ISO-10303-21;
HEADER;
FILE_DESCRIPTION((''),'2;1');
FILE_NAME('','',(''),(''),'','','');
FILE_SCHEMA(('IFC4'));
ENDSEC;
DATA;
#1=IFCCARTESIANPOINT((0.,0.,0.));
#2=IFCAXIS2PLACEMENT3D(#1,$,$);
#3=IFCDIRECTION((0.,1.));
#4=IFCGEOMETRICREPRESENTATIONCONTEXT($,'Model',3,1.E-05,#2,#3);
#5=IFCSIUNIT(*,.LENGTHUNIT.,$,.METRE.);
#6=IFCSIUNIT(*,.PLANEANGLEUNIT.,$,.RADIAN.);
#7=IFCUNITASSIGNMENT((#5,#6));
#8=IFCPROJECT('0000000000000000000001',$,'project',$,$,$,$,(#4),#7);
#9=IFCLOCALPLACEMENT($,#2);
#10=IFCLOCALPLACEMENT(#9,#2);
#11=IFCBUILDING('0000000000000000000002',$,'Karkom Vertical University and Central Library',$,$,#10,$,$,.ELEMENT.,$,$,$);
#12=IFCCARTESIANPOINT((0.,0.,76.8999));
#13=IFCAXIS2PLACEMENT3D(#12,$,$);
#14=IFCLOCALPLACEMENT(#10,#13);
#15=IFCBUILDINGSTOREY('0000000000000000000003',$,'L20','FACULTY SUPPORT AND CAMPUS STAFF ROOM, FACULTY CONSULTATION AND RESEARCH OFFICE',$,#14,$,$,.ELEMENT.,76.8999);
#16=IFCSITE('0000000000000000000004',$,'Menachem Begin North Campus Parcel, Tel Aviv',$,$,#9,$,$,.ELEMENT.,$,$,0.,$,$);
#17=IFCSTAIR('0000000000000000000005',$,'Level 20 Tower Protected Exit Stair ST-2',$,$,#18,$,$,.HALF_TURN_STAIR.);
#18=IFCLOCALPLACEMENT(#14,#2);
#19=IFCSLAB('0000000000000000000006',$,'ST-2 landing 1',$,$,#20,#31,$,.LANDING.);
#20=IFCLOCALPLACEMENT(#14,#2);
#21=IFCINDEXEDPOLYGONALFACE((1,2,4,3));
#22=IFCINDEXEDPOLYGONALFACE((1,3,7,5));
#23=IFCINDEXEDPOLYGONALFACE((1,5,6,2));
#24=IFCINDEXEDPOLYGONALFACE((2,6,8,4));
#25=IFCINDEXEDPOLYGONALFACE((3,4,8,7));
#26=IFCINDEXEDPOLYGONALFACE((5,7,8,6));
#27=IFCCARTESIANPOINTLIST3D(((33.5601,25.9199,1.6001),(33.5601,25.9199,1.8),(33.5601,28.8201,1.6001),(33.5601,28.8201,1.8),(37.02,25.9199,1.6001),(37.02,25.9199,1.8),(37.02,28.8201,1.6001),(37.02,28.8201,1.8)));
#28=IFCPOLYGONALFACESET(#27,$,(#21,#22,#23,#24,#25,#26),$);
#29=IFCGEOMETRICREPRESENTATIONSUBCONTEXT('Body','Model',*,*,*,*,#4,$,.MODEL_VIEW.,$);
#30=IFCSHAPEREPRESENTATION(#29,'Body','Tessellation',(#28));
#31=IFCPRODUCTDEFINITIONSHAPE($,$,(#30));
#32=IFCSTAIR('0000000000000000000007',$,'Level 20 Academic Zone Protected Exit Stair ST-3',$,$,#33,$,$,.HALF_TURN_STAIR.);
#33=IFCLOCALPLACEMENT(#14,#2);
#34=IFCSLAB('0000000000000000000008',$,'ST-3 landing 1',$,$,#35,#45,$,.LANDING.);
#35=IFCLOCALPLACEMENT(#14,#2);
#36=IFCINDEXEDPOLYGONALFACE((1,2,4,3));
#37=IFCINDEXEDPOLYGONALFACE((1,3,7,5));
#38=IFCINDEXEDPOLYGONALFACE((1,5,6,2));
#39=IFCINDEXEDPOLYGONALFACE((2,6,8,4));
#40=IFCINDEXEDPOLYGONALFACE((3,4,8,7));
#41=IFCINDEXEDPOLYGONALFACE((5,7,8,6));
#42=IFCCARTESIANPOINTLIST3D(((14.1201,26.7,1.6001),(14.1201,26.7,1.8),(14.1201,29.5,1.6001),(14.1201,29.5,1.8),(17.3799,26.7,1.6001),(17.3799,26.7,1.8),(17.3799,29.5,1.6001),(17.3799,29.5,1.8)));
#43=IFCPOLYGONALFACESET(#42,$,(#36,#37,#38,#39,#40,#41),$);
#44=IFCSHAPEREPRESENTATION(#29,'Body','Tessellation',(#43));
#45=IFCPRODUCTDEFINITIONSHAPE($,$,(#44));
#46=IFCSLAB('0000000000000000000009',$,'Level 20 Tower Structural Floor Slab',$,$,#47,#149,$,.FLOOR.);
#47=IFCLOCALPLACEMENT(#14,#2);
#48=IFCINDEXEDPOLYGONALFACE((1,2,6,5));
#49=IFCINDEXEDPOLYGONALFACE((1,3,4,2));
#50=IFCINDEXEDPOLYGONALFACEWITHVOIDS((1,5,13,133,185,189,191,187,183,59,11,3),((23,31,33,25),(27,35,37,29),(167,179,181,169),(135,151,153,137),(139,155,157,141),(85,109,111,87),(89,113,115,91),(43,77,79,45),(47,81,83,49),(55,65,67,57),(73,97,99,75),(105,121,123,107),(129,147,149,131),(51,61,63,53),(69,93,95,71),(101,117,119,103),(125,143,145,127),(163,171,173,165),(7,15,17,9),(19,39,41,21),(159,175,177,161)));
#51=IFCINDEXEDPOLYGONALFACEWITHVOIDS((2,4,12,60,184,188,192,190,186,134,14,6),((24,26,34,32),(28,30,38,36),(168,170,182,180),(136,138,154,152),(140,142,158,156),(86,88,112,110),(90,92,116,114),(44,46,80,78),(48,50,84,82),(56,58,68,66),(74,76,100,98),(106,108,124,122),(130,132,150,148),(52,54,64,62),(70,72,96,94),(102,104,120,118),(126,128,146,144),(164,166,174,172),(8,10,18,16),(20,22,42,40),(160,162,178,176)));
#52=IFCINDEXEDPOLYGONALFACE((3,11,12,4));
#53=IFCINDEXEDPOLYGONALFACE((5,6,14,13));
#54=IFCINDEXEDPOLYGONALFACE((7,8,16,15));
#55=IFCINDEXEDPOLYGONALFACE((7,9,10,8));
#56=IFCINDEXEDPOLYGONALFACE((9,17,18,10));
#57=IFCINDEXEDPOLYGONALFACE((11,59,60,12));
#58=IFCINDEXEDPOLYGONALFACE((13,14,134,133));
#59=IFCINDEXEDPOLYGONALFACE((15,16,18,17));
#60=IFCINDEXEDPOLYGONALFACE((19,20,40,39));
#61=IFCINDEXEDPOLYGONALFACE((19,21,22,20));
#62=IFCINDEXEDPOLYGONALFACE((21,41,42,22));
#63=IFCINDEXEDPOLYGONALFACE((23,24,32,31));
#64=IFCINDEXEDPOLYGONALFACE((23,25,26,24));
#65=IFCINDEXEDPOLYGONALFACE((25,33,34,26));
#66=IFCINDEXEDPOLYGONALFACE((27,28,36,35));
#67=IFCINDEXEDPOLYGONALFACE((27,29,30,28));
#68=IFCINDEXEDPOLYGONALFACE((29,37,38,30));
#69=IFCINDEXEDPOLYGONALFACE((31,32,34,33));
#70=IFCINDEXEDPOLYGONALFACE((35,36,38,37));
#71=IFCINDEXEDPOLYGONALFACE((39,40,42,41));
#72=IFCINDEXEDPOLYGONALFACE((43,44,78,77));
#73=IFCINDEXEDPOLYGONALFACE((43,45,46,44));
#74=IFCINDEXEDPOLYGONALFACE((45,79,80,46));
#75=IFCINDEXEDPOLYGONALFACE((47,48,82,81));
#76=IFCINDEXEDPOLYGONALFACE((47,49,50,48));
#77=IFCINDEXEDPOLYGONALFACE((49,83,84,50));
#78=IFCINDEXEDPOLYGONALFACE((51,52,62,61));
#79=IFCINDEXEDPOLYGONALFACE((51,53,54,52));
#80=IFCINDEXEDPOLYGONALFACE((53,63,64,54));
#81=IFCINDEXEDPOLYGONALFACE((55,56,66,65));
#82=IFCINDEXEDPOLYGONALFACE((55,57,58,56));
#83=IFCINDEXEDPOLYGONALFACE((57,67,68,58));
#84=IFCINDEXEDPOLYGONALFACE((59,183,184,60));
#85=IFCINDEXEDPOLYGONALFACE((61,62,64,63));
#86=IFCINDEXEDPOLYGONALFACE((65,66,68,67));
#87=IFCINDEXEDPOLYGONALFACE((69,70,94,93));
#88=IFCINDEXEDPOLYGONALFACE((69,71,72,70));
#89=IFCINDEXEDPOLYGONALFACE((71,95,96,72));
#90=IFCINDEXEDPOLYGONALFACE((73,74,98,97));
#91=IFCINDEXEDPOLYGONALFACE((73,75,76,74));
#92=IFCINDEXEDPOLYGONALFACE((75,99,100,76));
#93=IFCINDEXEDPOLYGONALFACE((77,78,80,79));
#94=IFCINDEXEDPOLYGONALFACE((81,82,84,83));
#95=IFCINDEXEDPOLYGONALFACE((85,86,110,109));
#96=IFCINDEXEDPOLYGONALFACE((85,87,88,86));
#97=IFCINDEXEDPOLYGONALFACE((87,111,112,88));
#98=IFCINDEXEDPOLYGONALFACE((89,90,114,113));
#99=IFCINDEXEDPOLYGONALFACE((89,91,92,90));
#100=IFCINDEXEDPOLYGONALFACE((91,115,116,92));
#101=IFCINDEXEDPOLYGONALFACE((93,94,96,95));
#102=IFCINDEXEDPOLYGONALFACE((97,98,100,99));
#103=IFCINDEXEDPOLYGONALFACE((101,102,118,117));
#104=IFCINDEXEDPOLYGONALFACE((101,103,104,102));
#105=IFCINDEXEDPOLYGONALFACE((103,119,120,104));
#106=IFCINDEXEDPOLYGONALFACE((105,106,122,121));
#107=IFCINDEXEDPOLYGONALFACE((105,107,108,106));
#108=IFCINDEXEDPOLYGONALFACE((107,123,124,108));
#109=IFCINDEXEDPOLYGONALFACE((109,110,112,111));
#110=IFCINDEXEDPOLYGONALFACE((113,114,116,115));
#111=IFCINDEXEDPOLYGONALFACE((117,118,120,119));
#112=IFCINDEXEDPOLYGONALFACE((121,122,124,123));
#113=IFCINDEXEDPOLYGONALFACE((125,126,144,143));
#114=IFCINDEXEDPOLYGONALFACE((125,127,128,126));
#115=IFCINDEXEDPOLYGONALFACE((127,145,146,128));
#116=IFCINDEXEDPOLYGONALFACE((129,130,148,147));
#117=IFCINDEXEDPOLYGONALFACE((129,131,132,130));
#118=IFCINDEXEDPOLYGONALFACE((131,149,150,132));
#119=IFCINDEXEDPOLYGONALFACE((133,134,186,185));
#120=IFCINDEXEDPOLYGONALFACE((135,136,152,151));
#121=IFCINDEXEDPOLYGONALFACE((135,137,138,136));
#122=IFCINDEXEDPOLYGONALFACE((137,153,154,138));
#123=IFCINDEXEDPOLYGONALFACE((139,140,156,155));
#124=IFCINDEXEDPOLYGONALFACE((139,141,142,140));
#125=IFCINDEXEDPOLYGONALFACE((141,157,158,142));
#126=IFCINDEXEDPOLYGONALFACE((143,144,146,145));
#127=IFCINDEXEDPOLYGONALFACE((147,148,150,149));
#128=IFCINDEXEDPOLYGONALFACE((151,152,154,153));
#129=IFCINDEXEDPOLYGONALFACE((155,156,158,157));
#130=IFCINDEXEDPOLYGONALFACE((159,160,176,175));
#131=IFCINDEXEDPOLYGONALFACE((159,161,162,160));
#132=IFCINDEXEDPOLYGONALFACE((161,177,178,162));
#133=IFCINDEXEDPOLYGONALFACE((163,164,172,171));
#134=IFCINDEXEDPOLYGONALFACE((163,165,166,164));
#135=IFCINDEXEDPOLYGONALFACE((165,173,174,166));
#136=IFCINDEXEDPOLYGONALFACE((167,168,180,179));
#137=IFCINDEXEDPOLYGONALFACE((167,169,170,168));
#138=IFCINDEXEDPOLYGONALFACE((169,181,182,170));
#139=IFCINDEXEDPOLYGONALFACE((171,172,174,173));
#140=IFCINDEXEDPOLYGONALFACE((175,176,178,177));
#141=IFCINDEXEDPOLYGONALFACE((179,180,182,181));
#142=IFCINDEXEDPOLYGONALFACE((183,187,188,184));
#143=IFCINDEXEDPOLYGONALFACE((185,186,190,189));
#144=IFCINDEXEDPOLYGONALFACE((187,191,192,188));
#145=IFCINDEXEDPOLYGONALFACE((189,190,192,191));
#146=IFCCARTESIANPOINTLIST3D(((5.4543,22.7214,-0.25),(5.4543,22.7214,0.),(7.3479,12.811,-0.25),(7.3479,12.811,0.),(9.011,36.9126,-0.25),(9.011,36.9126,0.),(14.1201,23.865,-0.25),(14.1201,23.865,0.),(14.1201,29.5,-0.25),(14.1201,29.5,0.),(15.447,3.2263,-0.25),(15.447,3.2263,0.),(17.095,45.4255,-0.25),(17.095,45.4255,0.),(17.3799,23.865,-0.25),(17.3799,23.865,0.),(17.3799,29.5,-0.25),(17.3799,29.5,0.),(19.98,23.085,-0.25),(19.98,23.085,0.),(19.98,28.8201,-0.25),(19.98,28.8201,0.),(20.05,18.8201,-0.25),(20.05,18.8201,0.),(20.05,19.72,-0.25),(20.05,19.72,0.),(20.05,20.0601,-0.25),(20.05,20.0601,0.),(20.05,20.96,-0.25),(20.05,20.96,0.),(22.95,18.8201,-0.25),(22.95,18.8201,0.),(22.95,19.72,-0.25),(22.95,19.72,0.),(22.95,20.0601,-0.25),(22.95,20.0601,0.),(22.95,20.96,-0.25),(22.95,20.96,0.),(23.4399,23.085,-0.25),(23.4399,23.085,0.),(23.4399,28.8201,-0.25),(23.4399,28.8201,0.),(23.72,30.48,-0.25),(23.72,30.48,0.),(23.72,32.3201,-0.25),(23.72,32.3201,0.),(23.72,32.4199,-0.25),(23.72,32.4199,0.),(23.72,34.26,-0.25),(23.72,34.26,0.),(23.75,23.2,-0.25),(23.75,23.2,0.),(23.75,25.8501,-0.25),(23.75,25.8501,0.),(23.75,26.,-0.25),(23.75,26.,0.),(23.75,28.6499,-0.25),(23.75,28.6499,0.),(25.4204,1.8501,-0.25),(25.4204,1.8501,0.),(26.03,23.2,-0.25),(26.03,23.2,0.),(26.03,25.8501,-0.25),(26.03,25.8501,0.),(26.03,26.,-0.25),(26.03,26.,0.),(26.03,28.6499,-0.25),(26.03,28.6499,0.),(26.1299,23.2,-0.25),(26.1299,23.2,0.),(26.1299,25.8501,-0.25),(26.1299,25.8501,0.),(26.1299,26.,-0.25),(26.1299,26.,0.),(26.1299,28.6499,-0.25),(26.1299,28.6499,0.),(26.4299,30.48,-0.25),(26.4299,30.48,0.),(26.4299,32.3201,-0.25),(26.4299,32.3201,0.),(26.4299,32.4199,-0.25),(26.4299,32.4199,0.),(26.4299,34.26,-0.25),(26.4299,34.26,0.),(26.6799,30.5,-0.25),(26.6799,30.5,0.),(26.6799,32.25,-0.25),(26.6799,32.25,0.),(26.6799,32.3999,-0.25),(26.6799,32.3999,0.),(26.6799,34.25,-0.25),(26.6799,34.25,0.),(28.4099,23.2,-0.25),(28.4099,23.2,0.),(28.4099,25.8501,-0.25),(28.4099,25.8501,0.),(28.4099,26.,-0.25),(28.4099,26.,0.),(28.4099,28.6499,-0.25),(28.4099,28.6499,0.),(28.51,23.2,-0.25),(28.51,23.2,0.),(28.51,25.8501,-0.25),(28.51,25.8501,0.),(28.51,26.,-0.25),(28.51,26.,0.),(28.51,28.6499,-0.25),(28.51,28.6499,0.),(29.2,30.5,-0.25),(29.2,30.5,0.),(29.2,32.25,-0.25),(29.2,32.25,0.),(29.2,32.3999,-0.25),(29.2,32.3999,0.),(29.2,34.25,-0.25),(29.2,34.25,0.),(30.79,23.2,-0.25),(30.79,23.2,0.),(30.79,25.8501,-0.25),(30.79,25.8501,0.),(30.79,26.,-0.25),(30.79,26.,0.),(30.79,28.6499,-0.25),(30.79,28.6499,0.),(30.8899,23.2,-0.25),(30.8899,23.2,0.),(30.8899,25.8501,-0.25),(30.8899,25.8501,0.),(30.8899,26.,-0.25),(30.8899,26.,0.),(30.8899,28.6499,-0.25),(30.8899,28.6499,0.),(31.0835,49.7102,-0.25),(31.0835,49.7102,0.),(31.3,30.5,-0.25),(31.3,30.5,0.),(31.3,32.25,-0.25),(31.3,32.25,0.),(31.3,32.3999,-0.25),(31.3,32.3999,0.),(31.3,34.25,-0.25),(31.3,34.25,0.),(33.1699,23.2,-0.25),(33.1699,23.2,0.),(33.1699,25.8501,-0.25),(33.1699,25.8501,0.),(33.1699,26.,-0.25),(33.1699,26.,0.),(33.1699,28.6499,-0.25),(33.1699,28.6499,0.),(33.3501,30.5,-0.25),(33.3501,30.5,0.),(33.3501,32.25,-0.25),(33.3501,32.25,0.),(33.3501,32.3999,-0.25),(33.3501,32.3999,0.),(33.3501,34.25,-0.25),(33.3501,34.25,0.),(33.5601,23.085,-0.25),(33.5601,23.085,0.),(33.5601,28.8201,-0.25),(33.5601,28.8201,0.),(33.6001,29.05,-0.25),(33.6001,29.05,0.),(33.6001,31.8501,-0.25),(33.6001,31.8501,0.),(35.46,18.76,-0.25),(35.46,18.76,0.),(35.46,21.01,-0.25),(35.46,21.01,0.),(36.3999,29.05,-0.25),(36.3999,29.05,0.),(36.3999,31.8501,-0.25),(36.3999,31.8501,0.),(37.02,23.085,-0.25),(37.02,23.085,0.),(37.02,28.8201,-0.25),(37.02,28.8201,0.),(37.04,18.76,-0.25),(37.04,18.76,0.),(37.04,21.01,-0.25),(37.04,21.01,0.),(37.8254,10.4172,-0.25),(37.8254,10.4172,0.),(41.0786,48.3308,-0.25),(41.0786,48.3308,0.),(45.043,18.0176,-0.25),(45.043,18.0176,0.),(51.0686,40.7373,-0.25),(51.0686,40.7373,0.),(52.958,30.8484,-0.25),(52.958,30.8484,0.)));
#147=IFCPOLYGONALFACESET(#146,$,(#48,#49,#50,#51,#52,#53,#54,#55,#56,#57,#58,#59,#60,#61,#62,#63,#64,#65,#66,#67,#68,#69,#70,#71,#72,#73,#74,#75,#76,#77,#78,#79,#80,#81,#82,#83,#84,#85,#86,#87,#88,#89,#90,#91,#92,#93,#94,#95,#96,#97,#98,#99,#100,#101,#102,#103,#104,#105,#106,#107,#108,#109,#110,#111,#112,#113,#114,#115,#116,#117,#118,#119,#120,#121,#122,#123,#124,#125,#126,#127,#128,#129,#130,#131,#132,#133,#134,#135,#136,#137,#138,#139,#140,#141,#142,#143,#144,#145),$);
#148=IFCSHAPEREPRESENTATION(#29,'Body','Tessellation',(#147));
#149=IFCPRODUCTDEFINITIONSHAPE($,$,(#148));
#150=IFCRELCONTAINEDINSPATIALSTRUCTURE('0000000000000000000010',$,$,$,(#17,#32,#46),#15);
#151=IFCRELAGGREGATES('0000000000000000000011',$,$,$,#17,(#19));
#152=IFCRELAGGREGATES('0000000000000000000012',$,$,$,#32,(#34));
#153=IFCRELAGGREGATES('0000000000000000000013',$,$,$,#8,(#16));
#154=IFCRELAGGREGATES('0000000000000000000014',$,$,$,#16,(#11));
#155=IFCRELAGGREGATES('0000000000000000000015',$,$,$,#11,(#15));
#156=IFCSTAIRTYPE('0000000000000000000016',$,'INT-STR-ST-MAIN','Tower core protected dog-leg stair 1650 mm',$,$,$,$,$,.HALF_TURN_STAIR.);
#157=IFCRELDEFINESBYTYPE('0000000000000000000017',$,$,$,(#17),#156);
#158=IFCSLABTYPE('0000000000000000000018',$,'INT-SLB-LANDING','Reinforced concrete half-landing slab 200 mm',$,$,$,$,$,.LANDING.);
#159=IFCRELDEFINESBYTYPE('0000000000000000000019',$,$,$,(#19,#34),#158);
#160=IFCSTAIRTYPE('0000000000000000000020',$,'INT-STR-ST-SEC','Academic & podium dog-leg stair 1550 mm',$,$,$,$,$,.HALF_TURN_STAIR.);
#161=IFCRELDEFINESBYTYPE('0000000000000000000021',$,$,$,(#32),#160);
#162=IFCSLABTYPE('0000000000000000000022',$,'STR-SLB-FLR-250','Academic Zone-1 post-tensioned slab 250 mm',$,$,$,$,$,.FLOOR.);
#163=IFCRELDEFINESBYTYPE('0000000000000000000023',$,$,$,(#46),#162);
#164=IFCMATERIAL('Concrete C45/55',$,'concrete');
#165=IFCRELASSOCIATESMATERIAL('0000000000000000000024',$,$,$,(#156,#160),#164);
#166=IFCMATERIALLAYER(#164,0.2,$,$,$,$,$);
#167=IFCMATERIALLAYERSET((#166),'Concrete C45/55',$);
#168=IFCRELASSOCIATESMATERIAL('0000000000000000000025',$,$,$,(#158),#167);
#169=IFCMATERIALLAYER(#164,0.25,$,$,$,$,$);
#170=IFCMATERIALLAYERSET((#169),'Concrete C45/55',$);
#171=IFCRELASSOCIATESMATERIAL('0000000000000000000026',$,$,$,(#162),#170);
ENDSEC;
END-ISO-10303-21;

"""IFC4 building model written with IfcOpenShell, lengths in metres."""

from ifc_helpers import new_model, si_unit, direction, frame, origin, place, context, subcontext, project, spatial, polyline, outline, extrude, material, layer, layer_set, type_object, element, aggregate, save


model = new_model("IFC4")

# Units and contexts
model_context = context("Model", 3, precision=1e-05, world=origin(), true_north=direction((0.0, 1.0)))
body_context = subcontext(model_context, "Body", "Model", "MODEL_VIEW")
ifc_project = project(units=[si_unit("LENGTHUNIT", "METRE"), si_unit("PLANEANGLEUNIT", "RADIAN")], contexts=[model_context])

# Site, building, storey
site_placement = place(None, origin())
site = spatial("IfcSite", under=ifc_project, at=site_placement, Name="Menachem Begin North Campus Parcel, Tel Aviv", CompositionType="ELEMENT", RefElevation=0.0)
building_placement = place(site_placement, origin())
building = spatial("IfcBuilding", under=site, at=building_placement, Name="Karkom Vertical University and Central Library", CompositionType="ELEMENT")
storey_placement = place(building_placement, frame((0.0, 0.0, 76.8999)))
storey = spatial("IfcBuildingStorey", under=building, at=storey_placement, Name="L20", Description="FACULTY SUPPORT AND CAMPUS STAFF ROOM, FACULTY CONSULTATION AND RESEARCH OFFICE", CompositionType="ELEMENT", Elevation=76.8999)

# Stairs, slabs
ifc_material_1 = material(Name="Concrete C45/55", Category="concrete")
stair_type_1 = type_object("IfcStairType", Name="INT-STR-ST-MAIN", Description="Tower core protected dog-leg stair 1650 mm", PredefinedType="HALF_TURN_STAIR", material=ifc_material_1)
ifc_layer_1 = layer(ifc_material_1, 0.2)
ifc_layer_set_1 = layer_set([ifc_layer_1], Name="Concrete C45/55")
slab_type_1 = type_object("IfcSlabType", Name="INT-SLB-LANDING", Description="Reinforced concrete half-landing slab 200 mm", PredefinedType="LANDING", material=ifc_layer_set_1)
stair_1_placement = place(storey_placement, origin())
stair_1 = element("IfcStair", 1, at=stair_1_placement, inside=storey, type_object=stair_type_1, Name="Level 20 Tower Protected Exit Stair ST-2", PredefinedType="HALF_TURN_STAIR")
slab_1_placement = place(storey_placement, frame((0.0, 0.0, 1.6001)))
slab_1 = element("IfcSlab", 2, at=slab_1_placement, type_object=slab_type_1, Name="ST-2 landing 1", PredefinedType="LANDING", context=body_context, shape_type="SweptSolid", body=[
    extrude(outline(polyline([(37.02, 25.9199), (37.02, 28.8201), (33.5601, 28.8201), (33.5601, 25.9199), (37.02, 25.9199)])), origin(), (0.0, 0.0, 1.0), 0.2),
])
aggregate(stair_1, [slab_1])
stair_type_2 = type_object("IfcStairType", Name="INT-STR-ST-SEC", Description="Academic & podium dog-leg stair 1550 mm", PredefinedType="HALF_TURN_STAIR", material=ifc_material_1)
stair_2_placement = place(storey_placement, origin())
stair_2 = element("IfcStair", 3, at=stair_2_placement, inside=storey, type_object=stair_type_2, Name="Level 20 Academic Zone Protected Exit Stair ST-3", PredefinedType="HALF_TURN_STAIR")
slab_2_placement = place(storey_placement, frame((0.0, 0.0, 1.6001)))
slab_2 = element("IfcSlab", 4, at=slab_2_placement, type_object=slab_type_1, Name="ST-3 landing 1", PredefinedType="LANDING", context=body_context, shape_type="SweptSolid", body=[
    extrude(outline(polyline([(17.3799, 26.7), (17.3799, 29.5), (14.1201, 29.5), (14.1201, 26.7), (17.3799, 26.7)])), origin(), (0.0, 0.0, 1.0), 0.2),
])
aggregate(stair_2, [slab_2])

# Slab
ifc_layer_2 = layer(ifc_material_1, 0.25)
ifc_layer_set_2 = layer_set([ifc_layer_2], Name="Concrete C45/55")
slab_type_2 = type_object("IfcSlabType", Name="STR-SLB-FLR-250", Description="Academic Zone-1 post-tensioned slab 250 mm", PredefinedType="FLOOR", material=ifc_layer_set_2)
slab_3_placement = place(storey_placement, frame((0.0, 0.0, -0.25)))
element("IfcSlab", 5, at=slab_3_placement, inside=storey, type_object=slab_type_2, Name="Level 20 Tower Structural Floor Slab", PredefinedType="FLOOR", context=body_context, shape_type="SweptSolid", body=[
    extrude(outline(polyline([(17.095, 45.4255), (9.011, 36.9126), (5.4543, 22.7214), (7.3479, 12.811), (15.447, 3.2263), (25.4204, 1.8501), (37.8254, 10.4172), (45.043, 18.0176), (52.958, 30.8484), (51.0686, 40.7373), (41.0786, 48.3308), (31.0835, 49.7102), (17.095, 45.4255)]), holes=[polyline([(19.98, 23.085), (23.4399, 23.085), (23.4399, 28.8201), (19.98, 28.8201), (19.98, 23.085)]), polyline([(33.5601, 23.085), (37.02, 23.085), (37.02, 28.8201), (33.5601, 28.8201), (33.5601, 23.085)]), polyline([(14.1201, 23.865), (17.3799, 23.865), (17.3799, 29.5), (14.1201, 29.5), (14.1201, 23.865)]), polyline([(23.75, 23.2), (26.03, 23.2), (26.03, 25.8501), (23.75, 25.8501), (23.75, 23.2)]), polyline([(26.1299, 23.2), (28.4099, 23.2), (28.4099, 25.8501), (26.1299, 25.8501), (26.1299, 23.2)]), polyline([(28.51, 23.2), (30.79, 23.2), (30.79, 25.8501), (28.51, 25.8501), (28.51, 23.2)]), polyline([(30.8899, 23.2), (33.1699, 23.2), (33.1699, 25.8501), (30.8899, 25.8501), (30.8899, 23.2)]), polyline([(23.75, 26.0), (26.03, 26.0), (26.03, 28.6499), (23.75, 28.6499), (23.75, 26.0)]), polyline([(26.1299, 26.0), (28.4099, 26.0), (28.4099, 28.6499), (26.1299, 28.6499), (26.1299, 26.0)]), polyline([(28.51, 26.0), (30.79, 26.0), (30.79, 28.6499), (28.51, 28.6499), (28.51, 26.0)]), polyline([(30.8899, 26.0), (33.1699, 26.0), (33.1699, 28.6499), (30.8899, 28.6499), (30.8899, 26.0)]), polyline([(26.6799, 30.5), (29.2, 30.5), (29.2, 32.25), (26.6799, 32.25), (26.6799, 30.5)]), polyline([(26.6799, 32.3999), (29.2, 32.3999), (29.2, 34.25), (26.6799, 34.25), (26.6799, 32.3999)]), polyline([(31.3, 30.5), (33.3501, 30.5), (33.3501, 32.25), (31.3, 32.25), (31.3, 30.5)]), polyline([(31.3, 32.3999), (33.3501, 32.3999), (33.3501, 34.25), (31.3, 34.25), (31.3, 32.3999)]), polyline([(23.72, 30.48), (26.4299, 30.48), (26.4299, 32.3201), (23.72, 32.3201), (23.72, 30.48)]), polyline([(23.72, 32.4199), (26.4299, 32.4199), (26.4299, 34.26), (23.72, 34.26), (23.72, 32.4199)]), polyline([(33.6001, 29.05), (36.3999, 29.05), (36.3999, 31.8501), (33.6001, 31.8501), (33.6001, 29.05)]), polyline([(20.05, 18.8201), (22.95, 18.8201), (22.95, 19.72), (20.05, 19.72), (20.05, 18.8201)]), polyline([(20.05, 20.0601), (22.95, 20.0601), (22.95, 20.96), (20.05, 20.96), (20.05, 20.0601)]), polyline([(35.46, 18.76), (37.04, 18.76), (37.04, 21.01), (35.46, 21.01), (35.46, 18.76)])]), origin(), (0.0, 0.0, 1.0), 0.25),
])

save(model, "model.ifc")
